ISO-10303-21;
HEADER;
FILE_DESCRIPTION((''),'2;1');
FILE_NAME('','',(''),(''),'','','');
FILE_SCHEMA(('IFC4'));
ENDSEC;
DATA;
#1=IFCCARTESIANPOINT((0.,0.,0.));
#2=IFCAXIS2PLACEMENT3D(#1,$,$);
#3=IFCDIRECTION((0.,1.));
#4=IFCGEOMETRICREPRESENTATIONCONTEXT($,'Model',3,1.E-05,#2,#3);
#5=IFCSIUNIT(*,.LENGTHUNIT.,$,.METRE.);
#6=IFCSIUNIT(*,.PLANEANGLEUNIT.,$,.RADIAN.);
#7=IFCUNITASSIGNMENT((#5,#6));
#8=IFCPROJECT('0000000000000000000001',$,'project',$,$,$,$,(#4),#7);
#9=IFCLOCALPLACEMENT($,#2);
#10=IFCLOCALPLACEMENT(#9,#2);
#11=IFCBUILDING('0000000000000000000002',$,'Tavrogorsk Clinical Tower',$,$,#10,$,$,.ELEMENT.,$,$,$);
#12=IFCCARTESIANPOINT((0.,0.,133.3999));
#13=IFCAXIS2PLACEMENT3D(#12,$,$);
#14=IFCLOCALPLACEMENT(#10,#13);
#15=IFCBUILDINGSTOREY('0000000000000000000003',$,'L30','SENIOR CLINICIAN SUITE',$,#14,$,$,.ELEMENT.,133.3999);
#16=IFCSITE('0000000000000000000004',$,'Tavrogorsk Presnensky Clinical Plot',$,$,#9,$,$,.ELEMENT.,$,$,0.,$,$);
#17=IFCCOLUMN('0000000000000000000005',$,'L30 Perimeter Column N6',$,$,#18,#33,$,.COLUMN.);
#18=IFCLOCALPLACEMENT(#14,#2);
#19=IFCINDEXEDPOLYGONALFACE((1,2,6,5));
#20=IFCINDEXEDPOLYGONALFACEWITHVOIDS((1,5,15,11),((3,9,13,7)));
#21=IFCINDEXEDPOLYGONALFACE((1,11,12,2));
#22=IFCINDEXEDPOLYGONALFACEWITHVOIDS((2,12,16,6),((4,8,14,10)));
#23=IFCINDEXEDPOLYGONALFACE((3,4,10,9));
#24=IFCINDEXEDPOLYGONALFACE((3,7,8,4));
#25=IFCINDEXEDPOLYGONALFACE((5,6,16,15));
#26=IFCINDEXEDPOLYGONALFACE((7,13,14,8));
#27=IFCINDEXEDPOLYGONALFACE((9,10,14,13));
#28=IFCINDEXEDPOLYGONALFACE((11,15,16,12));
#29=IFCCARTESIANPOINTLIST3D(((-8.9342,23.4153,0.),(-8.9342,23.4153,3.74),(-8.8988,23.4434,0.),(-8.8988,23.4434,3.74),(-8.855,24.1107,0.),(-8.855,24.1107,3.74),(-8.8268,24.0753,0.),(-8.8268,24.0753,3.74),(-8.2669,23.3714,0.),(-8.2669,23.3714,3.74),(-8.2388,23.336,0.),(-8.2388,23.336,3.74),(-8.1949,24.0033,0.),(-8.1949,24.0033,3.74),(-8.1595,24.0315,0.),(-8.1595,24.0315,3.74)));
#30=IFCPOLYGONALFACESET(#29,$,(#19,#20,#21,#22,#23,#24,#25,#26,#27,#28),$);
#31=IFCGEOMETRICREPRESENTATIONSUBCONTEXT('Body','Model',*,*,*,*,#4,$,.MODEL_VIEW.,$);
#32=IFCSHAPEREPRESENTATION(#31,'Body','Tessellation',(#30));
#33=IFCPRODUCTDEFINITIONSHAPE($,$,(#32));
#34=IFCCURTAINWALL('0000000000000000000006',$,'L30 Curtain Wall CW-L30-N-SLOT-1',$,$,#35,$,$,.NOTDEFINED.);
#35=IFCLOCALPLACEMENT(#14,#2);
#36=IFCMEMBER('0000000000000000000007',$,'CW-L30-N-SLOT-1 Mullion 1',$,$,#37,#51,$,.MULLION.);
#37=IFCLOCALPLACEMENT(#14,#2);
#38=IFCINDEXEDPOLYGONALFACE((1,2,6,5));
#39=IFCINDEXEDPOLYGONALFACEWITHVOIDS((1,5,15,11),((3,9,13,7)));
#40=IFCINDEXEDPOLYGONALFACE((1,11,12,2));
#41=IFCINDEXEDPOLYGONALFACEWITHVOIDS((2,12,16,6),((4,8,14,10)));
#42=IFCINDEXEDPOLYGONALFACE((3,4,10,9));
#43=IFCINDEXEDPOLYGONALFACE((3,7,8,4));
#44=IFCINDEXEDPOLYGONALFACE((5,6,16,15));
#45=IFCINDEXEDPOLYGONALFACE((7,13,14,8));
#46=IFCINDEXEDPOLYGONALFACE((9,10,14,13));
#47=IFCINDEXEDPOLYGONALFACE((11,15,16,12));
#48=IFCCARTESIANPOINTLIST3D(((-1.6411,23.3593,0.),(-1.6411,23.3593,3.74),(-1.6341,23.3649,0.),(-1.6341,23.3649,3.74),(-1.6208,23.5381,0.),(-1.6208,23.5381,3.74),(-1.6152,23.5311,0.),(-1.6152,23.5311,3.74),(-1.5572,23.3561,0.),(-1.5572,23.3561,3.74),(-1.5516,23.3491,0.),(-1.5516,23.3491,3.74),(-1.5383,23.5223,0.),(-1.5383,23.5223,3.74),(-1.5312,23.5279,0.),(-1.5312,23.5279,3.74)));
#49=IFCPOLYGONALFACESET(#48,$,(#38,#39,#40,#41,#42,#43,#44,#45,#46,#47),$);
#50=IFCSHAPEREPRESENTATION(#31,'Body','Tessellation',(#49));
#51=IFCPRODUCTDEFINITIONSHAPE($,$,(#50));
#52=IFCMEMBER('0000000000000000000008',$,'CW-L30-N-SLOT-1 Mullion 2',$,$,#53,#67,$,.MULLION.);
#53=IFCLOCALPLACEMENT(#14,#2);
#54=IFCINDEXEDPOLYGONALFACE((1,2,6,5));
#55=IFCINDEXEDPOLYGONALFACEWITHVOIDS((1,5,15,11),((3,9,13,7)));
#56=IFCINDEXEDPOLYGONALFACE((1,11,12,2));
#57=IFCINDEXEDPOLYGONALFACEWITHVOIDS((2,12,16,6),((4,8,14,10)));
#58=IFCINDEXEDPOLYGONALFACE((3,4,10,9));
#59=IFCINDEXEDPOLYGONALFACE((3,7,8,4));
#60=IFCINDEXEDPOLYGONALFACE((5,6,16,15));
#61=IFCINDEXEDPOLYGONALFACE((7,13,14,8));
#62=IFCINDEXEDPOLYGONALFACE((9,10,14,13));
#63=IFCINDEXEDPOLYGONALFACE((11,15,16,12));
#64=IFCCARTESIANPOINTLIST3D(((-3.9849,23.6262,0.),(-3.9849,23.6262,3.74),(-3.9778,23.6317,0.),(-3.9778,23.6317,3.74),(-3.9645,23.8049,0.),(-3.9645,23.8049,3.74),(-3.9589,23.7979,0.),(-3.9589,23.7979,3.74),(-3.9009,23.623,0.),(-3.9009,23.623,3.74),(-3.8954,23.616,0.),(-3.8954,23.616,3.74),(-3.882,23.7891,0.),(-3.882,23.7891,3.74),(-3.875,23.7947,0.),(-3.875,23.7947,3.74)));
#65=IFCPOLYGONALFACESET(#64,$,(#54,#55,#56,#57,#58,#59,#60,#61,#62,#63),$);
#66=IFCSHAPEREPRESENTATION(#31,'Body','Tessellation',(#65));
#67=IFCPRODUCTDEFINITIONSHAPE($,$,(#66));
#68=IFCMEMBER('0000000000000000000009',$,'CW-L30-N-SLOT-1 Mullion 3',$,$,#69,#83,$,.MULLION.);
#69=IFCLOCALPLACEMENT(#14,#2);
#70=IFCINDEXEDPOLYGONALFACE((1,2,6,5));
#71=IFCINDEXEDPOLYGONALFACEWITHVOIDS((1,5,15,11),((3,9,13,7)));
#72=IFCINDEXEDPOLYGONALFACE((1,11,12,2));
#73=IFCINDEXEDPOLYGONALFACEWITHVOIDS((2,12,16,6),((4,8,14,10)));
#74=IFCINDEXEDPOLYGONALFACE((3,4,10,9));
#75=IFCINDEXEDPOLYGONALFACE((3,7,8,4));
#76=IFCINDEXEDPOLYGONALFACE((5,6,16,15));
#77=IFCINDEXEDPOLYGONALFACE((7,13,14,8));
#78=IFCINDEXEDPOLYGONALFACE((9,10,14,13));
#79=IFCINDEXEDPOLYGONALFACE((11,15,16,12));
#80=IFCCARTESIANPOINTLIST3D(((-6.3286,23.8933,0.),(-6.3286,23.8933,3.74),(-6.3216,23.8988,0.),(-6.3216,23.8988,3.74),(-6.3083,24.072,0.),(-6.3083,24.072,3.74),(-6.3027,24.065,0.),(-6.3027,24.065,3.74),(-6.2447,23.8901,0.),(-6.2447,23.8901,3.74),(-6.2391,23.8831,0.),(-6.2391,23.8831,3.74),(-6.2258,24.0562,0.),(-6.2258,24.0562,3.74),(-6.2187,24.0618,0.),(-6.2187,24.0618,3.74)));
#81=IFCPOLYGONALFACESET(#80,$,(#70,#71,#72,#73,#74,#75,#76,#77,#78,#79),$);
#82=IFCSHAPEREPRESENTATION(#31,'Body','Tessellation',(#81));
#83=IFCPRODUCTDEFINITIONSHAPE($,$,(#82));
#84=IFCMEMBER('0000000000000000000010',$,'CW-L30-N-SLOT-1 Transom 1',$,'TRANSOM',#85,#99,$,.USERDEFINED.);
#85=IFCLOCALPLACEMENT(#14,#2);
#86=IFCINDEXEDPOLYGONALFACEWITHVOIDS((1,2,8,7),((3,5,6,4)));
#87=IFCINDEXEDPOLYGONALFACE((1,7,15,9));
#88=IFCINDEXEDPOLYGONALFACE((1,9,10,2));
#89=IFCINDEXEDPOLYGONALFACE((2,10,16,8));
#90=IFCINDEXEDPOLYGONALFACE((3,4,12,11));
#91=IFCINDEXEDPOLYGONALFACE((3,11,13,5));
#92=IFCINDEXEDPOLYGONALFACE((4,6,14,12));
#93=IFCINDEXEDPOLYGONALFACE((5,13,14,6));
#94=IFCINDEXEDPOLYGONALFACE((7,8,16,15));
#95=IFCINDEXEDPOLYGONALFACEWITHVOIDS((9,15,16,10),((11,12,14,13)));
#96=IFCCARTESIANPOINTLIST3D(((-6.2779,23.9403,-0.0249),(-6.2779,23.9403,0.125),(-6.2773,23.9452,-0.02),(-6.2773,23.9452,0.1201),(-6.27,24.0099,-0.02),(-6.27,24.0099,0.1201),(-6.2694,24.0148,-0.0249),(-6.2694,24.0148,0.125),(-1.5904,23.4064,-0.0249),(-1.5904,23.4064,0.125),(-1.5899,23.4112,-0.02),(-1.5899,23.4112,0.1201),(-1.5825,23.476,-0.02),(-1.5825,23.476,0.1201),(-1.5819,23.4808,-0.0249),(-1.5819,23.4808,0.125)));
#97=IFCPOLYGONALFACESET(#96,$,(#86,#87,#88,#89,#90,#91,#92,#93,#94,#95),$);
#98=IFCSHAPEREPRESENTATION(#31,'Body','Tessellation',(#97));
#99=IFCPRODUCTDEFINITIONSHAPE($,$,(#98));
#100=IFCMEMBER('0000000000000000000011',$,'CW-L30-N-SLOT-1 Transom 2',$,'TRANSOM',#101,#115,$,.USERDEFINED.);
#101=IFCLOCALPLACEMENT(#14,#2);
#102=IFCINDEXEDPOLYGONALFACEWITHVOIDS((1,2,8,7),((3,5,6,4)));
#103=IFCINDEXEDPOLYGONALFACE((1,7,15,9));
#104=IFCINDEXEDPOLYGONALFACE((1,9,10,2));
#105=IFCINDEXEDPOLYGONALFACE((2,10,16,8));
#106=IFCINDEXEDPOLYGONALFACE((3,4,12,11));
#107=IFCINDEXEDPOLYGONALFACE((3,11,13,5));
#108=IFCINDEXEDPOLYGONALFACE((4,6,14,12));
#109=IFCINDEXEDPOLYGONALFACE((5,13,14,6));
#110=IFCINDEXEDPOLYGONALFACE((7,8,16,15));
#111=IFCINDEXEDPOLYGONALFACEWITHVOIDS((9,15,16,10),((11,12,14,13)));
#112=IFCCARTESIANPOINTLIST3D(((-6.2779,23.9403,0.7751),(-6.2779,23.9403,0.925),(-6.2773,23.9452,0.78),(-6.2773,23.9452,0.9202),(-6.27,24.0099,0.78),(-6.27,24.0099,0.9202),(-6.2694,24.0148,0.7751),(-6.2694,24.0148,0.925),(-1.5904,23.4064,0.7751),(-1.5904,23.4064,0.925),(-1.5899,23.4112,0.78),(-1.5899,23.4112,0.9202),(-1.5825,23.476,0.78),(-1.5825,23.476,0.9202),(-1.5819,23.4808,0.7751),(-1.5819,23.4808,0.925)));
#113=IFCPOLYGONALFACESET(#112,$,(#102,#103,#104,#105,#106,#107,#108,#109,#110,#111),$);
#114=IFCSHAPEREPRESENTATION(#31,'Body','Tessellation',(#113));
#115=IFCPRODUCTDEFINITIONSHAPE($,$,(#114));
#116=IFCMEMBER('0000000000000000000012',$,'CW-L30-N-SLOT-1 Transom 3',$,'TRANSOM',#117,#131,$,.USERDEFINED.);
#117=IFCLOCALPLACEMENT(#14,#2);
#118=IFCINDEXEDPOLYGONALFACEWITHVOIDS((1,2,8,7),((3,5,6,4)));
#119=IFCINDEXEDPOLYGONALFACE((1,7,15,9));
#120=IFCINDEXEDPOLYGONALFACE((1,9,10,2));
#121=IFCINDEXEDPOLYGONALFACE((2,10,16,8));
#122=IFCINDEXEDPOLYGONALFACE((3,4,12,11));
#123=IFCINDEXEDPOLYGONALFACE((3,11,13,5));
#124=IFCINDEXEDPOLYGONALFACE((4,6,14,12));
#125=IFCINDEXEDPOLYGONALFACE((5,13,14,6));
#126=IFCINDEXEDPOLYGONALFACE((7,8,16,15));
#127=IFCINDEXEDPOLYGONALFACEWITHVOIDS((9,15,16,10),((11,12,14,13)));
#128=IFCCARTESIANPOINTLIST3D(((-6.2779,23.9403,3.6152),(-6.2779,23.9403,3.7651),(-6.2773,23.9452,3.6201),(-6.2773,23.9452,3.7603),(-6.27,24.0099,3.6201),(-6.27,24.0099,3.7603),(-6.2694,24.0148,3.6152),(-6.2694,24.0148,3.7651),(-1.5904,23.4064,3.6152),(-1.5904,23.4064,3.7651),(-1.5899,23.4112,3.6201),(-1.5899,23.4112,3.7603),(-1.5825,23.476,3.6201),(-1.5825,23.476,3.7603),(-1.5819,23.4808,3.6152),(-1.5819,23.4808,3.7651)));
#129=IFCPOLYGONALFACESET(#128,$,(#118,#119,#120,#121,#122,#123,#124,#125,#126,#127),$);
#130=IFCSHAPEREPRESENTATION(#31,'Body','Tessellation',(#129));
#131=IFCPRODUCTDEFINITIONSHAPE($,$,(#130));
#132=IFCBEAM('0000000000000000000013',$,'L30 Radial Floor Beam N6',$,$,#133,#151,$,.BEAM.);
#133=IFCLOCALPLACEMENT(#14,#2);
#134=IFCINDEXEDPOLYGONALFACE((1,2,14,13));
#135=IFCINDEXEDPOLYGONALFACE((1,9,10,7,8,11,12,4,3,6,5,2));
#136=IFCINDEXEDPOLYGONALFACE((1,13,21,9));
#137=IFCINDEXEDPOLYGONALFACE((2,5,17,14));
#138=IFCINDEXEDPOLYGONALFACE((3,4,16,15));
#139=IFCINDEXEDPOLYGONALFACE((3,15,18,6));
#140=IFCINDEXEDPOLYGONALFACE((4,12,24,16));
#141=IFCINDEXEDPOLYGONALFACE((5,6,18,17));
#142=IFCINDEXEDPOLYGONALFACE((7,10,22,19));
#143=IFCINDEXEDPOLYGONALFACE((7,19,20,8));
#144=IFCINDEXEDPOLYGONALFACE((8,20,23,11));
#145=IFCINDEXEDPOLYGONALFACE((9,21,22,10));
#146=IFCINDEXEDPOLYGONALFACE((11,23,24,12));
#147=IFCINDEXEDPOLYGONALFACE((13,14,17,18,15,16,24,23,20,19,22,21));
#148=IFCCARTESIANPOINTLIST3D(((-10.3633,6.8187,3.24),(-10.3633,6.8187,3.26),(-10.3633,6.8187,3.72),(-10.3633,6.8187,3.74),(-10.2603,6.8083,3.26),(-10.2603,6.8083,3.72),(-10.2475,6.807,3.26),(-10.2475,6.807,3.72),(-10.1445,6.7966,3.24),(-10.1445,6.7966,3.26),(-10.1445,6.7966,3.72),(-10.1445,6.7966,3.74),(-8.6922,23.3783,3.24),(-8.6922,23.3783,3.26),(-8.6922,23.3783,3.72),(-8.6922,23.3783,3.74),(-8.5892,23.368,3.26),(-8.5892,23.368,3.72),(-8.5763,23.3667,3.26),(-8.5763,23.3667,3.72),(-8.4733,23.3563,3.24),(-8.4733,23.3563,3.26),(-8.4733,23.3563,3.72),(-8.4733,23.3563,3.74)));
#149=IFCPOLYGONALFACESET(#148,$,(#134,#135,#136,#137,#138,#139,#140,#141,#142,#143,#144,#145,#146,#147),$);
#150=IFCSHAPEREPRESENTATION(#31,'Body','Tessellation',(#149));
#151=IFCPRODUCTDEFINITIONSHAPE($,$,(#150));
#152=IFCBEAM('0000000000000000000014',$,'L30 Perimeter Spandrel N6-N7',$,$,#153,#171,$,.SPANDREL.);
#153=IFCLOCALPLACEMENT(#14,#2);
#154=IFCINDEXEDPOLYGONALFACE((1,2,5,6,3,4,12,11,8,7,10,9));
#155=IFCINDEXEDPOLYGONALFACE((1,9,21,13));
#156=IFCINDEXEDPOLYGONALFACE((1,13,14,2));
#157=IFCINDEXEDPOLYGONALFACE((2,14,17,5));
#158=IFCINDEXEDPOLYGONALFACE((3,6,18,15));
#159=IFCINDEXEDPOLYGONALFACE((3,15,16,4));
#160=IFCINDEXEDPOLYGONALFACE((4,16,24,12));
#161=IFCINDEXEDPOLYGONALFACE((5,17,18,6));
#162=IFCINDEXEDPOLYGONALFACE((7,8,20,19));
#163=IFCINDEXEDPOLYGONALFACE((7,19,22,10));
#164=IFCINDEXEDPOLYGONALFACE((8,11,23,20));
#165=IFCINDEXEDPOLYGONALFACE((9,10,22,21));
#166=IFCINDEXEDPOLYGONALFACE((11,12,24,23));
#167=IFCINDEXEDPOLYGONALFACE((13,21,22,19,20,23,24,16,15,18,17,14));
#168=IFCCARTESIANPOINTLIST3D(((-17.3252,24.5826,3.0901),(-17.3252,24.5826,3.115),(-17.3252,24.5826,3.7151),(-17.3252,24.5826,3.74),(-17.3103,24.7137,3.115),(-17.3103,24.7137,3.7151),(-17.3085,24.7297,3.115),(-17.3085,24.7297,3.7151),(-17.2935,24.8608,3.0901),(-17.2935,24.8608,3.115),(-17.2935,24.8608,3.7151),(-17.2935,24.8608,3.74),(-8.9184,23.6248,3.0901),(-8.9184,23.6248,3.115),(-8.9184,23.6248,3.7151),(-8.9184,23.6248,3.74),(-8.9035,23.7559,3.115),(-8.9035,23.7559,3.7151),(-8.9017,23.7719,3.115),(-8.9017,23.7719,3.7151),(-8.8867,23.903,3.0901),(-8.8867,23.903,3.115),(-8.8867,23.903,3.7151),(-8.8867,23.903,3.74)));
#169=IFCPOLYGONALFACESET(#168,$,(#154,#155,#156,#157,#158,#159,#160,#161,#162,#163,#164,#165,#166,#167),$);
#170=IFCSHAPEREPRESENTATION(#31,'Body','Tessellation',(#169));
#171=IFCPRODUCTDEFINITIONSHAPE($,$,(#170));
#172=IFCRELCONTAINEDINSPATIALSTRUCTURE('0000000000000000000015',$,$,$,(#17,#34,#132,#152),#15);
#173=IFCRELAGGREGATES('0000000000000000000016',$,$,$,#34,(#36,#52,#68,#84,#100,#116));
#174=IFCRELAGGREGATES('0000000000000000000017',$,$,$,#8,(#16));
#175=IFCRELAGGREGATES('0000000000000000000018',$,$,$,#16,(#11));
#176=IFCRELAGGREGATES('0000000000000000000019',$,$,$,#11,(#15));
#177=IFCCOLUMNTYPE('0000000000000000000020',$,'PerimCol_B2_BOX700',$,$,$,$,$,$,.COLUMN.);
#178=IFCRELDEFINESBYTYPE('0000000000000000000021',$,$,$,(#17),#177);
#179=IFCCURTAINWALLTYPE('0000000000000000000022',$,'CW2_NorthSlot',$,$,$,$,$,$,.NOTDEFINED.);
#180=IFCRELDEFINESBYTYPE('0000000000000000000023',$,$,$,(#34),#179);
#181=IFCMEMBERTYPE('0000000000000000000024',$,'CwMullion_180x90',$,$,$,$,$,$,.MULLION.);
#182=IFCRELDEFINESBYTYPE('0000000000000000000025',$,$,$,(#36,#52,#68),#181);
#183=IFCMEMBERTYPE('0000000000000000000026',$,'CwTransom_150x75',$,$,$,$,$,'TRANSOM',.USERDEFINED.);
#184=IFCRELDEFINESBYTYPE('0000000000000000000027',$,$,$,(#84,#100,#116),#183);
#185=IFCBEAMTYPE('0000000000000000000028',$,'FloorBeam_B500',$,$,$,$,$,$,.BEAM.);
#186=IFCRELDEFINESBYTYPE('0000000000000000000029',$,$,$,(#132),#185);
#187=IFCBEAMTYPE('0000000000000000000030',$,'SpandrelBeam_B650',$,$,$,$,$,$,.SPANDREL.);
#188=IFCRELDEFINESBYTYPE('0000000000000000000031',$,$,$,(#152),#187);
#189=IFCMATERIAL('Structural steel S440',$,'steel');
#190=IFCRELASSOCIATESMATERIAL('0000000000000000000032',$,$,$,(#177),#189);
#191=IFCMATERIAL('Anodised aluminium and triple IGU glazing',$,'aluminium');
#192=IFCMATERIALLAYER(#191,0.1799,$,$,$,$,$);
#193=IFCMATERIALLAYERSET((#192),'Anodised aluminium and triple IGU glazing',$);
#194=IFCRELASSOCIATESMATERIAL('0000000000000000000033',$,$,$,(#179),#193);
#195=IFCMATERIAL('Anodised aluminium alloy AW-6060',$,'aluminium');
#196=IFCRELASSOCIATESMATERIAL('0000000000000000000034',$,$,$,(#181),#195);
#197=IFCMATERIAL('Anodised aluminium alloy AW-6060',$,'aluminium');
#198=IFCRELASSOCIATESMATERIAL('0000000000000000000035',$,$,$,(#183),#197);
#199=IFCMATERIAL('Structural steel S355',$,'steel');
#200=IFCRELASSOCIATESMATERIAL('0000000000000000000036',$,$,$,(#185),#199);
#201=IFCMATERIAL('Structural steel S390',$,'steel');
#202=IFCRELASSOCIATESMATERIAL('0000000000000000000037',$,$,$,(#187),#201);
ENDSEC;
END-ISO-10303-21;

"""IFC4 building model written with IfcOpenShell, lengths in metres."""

from ifc_helpers import new_model, si_unit, direction, frame, origin, origin_2d, place, context, subcontext, project, spatial, hollow_rectangle, i_section, extrude, material, layer, layer_set, material_profile, profile_set, type_object, element, aggregate, save


model = new_model("IFC4")

# Units and contexts
model_context = context("Model", 3, precision=1e-05, world=origin(), true_north=direction((0.0, 1.0)))
body_context = subcontext(model_context, "Body", "Model", "MODEL_VIEW")
ifc_project = project(units=[si_unit("LENGTHUNIT", "METRE"), si_unit("PLANEANGLEUNIT", "RADIAN")], contexts=[model_context])

# Site, building, storey
site_placement = place(None, origin())
site = spatial("IfcSite", under=ifc_project, at=site_placement, Name="Tavrogorsk Presnensky Clinical Plot", CompositionType="ELEMENT", RefElevation=0.0)
building_placement = place(site_placement, origin())
building = spatial("IfcBuilding", under=site, at=building_placement, Name="Tavrogorsk Clinical Tower", CompositionType="ELEMENT")
storey_placement = place(building_placement, frame((0.0, 0.0, 133.3999)))
storey = spatial("IfcBuildingStorey", under=building, at=storey_placement, Name="L30", Description="SENIOR CLINICIAN SUITE", CompositionType="ELEMENT", Elevation=133.3999)

# Column
ifc_material_1 = material(Name="Structural steel S440", Category="steel")
ifc_material_profile_1 = material_profile(ifc_material_1, hollow_rectangle(XDim=0.7, YDim=0.7, WallThickness=0.032, at=origin_2d()), Name="BOX-700x700x32")
ifc_profile_set_1 = profile_set([ifc_material_profile_1], Name="Structural steel S440")
column_type = type_object("IfcColumnType", Name="PerimCol_B2_BOX700", PredefinedType="COLUMN", material=ifc_profile_set_1)
column_placement = place(storey_placement, frame((-8.5469, 23.7234, 0.0), z_axis=(0.0, 0.0, 1.0), x_axis=(0.993572, -0.113203, 0.0)))
element("IfcColumn", 1, at=column_placement, inside=storey, type_object=column_type, Name="L30 Perimeter Column N6", PredefinedType="COLUMN", context=body_context, shape_type="SweptSolid", body=[
    extrude(hollow_rectangle(XDim=0.7, YDim=0.7, WallThickness=0.032, at=origin_2d()), origin(), (0.0, 0.0, 1.0), 3.74),
])

# Curtain wall, members
ifc_material_2 = material(Name="Anodised aluminium and triple IGU glazing", Category="aluminium")
ifc_layer_1 = layer(ifc_material_2, 0.1799)
ifc_layer_set_1 = layer_set([ifc_layer_1], Name="Anodised aluminium and triple IGU glazing")
curtain_wall_type = type_object("IfcCurtainWallType", Name="CW2_NorthSlot", PredefinedType="NOTDEFINED", material=ifc_layer_set_1)
curtain_wall_placement = place(storey_placement, origin())
curtain_wall = element("IfcCurtainWall", 2, at=curtain_wall_placement, inside=storey, type_object=curtain_wall_type, Name="L30 Curtain Wall CW-L30-N-SLOT-1", PredefinedType="NOTDEFINED")
ifc_material_3 = material(Name="Anodised aluminium alloy AW-6060", Category="aluminium")
ifc_material_profile_2 = material_profile(ifc_material_3, hollow_rectangle(XDim=0.0901, YDim=0.1799, WallThickness=0.0063, at=origin_2d()), Name="RHS-180x90x6.3")
ifc_profile_set_2 = profile_set([ifc_material_profile_2], Name="Anodised aluminium alloy AW-6060")
member_type_1 = type_object("IfcMemberType", Name="CwMullion_180x90", PredefinedType="MULLION", material=ifc_profile_set_2)
member_1_placement = place(storey_placement, frame((-1.5862, 23.4436, 0.0), z_axis=(0.0, 0.0, 1.0), x_axis=(-0.993572, 0.113203, 0.0)))
member_1 = element("IfcMember", 3, at=member_1_placement, type_object=member_type_1, Name="CW-L30-N-SLOT-1 Mullion 1", PredefinedType="MULLION", context=body_context, shape_type="SweptSolid", body=[
    extrude(hollow_rectangle(XDim=0.0901, YDim=0.1799, WallThickness=0.0063, at=origin_2d()), origin(), (0.0, 0.0, 1.0), 3.74),
])
member_2_placement = place(storey_placement, frame((-3.9299, 23.7104, 0.0), z_axis=(0.0, 0.0, 1.0), x_axis=(-0.993572, 0.113203, 0.0)))
member_2 = element("IfcMember", 4, at=member_2_placement, type_object=member_type_1, Name="CW-L30-N-SLOT-1 Mullion 2", PredefinedType="MULLION", context=body_context, shape_type="SweptSolid", body=[
    extrude(hollow_rectangle(XDim=0.0901, YDim=0.1799, WallThickness=0.0063, at=origin_2d()), origin(), (0.0, 0.0, 1.0), 3.74),
])
member_3_placement = place(storey_placement, frame((-6.2737, 23.9775, 0.0), z_axis=(0.0, 0.0, 1.0), x_axis=(-0.993572, 0.113203, 0.0)))
member_3 = element("IfcMember", 5, at=member_3_placement, type_object=member_type_1, Name="CW-L30-N-SLOT-1 Mullion 3", PredefinedType="MULLION", context=body_context, shape_type="SweptSolid", body=[
    extrude(hollow_rectangle(XDim=0.0901, YDim=0.1799, WallThickness=0.0063, at=origin_2d()), origin(), (0.0, 0.0, 1.0), 3.74),
])
ifc_material_4 = material(Name="Anodised aluminium alloy AW-6060", Category="aluminium")
ifc_material_profile_3 = material_profile(ifc_material_4, hollow_rectangle(XDim=0.075, YDim=0.1499, WallThickness=0.0049, at=origin_2d()), Name="RHS-150x75x5")
ifc_profile_set_3 = profile_set([ifc_material_profile_3], Name="Anodised aluminium alloy AW-6060")
member_type_2 = type_object("IfcMemberType", Name="CwTransom_150x75", ElementType="TRANSOM", PredefinedType="USERDEFINED", material=ifc_profile_set_3)
member_4_placement = place(storey_placement, frame((-1.5862, 23.4436, 0.05), z_axis=(-0.993575, 0.113174, 0.0), x_axis=(-0.113174, -0.993575, 0.0)))
member_4 = element("IfcMember", 6, at=member_4_placement, type_object=member_type_2, Name="CW-L30-N-SLOT-1 Transom 1", ObjectType="TRANSOM", PredefinedType="USERDEFINED", context=body_context, shape_type="SweptSolid", body=[
    extrude(hollow_rectangle(XDim=0.075, YDim=0.1499, WallThickness=0.0049, at=origin_2d()), origin(), (0.0, 0.0, 1.0), 4.7178),
])
member_5_placement = place(storey_placement, frame((-1.5862, 23.4436, 0.8501), z_axis=(-0.993575, 0.113174, 0.0), x_axis=(-0.113174, -0.993575, 0.0)))
member_5 = element("IfcMember", 7, at=member_5_placement, type_object=member_type_2, Name="CW-L30-N-SLOT-1 Transom 2", ObjectType="TRANSOM", PredefinedType="USERDEFINED", context=body_context, shape_type="SweptSolid", body=[
    extrude(hollow_rectangle(XDim=0.075, YDim=0.1499, WallThickness=0.0049, at=origin_2d()), origin(), (0.0, 0.0, 1.0), 4.7178),
])
member_6_placement = place(storey_placement, frame((-1.5862, 23.4436, 3.6902), z_axis=(-0.993575, 0.113174, 0.0), x_axis=(-0.113174, -0.993575, 0.0)))
member_6 = element("IfcMember", 8, at=member_6_placement, type_object=member_type_2, Name="CW-L30-N-SLOT-1 Transom 3", ObjectType="TRANSOM", PredefinedType="USERDEFINED", context=body_context, shape_type="SweptSolid", body=[
    extrude(hollow_rectangle(XDim=0.075, YDim=0.1499, WallThickness=0.0049, at=origin_2d()), origin(), (0.0, 0.0, 1.0), 4.7178),
])

# Beams
ifc_material_5 = material(Name="Structural steel S355", Category="steel")
ifc_material_profile_4 = material_profile(ifc_material_5, i_section(OverallWidth=0.22, OverallDepth=0.5, WebThickness=0.0129, FlangeThickness=0.02, at=origin_2d()), Name="B-500x220x13x20")
ifc_profile_set_4 = profile_set([ifc_material_profile_4], Name="Structural steel S355")
beam_type_1 = type_object("IfcBeamType", Name="FloorBeam_B500", PredefinedType="BEAM", material=ifc_profile_set_4)
beam_1_placement = place(storey_placement, frame((-10.2539, 6.8076, 3.49), z_axis=(0.100407, 0.994946, 0.0), x_axis=(-0.994946, 0.100407, 0.0)))
element("IfcBeam", 9, at=beam_1_placement, inside=storey, type_object=beam_type_1, Name="L30 Radial Floor Beam N6", PredefinedType="BEAM", context=body_context, shape_type="SweptSolid", body=[
    extrude(i_section(OverallWidth=0.22, OverallDepth=0.5, WebThickness=0.0129, FlangeThickness=0.02, at=origin_2d()), origin(), (0.0, 0.0, 1.0), 16.6438),
])
ifc_material_6 = material(Name="Structural steel S390", Category="steel")
ifc_material_profile_5 = material_profile(ifc_material_6, i_section(OverallWidth=0.28, OverallDepth=0.6499, WebThickness=0.0161, FlangeThickness=0.0249, at=origin_2d()), Name="B-650x280x16x25")
ifc_profile_set_5 = profile_set([ifc_material_profile_5], Name="Structural steel S390")
beam_type_2 = type_object("IfcBeamType", Name="SpandrelBeam_B650", PredefinedType="SPANDREL", material=ifc_profile_set_5)
beam_2_placement = place(storey_placement, frame((-8.9026, 23.7639, 3.415), z_axis=(-0.993573, 0.113196, 0.0), x_axis=(-0.113196, -0.993573, 0.0)))
element("IfcBeam", 10, at=beam_2_placement, inside=storey, type_object=beam_type_2, Name="L30 Perimeter Spandrel N6-N7", PredefinedType="SPANDREL", context=body_context, shape_type="SweptSolid", body=[
    extrude(i_section(OverallWidth=0.28, OverallDepth=0.6499, WebThickness=0.0161, FlangeThickness=0.0249, at=origin_2d()), origin(), (0.0, 0.0, 1.0), 8.4612),
])

aggregate(curtain_wall, [member_1, member_2, member_3, member_4, member_5, member_6])

save(model, "model.ifc")
